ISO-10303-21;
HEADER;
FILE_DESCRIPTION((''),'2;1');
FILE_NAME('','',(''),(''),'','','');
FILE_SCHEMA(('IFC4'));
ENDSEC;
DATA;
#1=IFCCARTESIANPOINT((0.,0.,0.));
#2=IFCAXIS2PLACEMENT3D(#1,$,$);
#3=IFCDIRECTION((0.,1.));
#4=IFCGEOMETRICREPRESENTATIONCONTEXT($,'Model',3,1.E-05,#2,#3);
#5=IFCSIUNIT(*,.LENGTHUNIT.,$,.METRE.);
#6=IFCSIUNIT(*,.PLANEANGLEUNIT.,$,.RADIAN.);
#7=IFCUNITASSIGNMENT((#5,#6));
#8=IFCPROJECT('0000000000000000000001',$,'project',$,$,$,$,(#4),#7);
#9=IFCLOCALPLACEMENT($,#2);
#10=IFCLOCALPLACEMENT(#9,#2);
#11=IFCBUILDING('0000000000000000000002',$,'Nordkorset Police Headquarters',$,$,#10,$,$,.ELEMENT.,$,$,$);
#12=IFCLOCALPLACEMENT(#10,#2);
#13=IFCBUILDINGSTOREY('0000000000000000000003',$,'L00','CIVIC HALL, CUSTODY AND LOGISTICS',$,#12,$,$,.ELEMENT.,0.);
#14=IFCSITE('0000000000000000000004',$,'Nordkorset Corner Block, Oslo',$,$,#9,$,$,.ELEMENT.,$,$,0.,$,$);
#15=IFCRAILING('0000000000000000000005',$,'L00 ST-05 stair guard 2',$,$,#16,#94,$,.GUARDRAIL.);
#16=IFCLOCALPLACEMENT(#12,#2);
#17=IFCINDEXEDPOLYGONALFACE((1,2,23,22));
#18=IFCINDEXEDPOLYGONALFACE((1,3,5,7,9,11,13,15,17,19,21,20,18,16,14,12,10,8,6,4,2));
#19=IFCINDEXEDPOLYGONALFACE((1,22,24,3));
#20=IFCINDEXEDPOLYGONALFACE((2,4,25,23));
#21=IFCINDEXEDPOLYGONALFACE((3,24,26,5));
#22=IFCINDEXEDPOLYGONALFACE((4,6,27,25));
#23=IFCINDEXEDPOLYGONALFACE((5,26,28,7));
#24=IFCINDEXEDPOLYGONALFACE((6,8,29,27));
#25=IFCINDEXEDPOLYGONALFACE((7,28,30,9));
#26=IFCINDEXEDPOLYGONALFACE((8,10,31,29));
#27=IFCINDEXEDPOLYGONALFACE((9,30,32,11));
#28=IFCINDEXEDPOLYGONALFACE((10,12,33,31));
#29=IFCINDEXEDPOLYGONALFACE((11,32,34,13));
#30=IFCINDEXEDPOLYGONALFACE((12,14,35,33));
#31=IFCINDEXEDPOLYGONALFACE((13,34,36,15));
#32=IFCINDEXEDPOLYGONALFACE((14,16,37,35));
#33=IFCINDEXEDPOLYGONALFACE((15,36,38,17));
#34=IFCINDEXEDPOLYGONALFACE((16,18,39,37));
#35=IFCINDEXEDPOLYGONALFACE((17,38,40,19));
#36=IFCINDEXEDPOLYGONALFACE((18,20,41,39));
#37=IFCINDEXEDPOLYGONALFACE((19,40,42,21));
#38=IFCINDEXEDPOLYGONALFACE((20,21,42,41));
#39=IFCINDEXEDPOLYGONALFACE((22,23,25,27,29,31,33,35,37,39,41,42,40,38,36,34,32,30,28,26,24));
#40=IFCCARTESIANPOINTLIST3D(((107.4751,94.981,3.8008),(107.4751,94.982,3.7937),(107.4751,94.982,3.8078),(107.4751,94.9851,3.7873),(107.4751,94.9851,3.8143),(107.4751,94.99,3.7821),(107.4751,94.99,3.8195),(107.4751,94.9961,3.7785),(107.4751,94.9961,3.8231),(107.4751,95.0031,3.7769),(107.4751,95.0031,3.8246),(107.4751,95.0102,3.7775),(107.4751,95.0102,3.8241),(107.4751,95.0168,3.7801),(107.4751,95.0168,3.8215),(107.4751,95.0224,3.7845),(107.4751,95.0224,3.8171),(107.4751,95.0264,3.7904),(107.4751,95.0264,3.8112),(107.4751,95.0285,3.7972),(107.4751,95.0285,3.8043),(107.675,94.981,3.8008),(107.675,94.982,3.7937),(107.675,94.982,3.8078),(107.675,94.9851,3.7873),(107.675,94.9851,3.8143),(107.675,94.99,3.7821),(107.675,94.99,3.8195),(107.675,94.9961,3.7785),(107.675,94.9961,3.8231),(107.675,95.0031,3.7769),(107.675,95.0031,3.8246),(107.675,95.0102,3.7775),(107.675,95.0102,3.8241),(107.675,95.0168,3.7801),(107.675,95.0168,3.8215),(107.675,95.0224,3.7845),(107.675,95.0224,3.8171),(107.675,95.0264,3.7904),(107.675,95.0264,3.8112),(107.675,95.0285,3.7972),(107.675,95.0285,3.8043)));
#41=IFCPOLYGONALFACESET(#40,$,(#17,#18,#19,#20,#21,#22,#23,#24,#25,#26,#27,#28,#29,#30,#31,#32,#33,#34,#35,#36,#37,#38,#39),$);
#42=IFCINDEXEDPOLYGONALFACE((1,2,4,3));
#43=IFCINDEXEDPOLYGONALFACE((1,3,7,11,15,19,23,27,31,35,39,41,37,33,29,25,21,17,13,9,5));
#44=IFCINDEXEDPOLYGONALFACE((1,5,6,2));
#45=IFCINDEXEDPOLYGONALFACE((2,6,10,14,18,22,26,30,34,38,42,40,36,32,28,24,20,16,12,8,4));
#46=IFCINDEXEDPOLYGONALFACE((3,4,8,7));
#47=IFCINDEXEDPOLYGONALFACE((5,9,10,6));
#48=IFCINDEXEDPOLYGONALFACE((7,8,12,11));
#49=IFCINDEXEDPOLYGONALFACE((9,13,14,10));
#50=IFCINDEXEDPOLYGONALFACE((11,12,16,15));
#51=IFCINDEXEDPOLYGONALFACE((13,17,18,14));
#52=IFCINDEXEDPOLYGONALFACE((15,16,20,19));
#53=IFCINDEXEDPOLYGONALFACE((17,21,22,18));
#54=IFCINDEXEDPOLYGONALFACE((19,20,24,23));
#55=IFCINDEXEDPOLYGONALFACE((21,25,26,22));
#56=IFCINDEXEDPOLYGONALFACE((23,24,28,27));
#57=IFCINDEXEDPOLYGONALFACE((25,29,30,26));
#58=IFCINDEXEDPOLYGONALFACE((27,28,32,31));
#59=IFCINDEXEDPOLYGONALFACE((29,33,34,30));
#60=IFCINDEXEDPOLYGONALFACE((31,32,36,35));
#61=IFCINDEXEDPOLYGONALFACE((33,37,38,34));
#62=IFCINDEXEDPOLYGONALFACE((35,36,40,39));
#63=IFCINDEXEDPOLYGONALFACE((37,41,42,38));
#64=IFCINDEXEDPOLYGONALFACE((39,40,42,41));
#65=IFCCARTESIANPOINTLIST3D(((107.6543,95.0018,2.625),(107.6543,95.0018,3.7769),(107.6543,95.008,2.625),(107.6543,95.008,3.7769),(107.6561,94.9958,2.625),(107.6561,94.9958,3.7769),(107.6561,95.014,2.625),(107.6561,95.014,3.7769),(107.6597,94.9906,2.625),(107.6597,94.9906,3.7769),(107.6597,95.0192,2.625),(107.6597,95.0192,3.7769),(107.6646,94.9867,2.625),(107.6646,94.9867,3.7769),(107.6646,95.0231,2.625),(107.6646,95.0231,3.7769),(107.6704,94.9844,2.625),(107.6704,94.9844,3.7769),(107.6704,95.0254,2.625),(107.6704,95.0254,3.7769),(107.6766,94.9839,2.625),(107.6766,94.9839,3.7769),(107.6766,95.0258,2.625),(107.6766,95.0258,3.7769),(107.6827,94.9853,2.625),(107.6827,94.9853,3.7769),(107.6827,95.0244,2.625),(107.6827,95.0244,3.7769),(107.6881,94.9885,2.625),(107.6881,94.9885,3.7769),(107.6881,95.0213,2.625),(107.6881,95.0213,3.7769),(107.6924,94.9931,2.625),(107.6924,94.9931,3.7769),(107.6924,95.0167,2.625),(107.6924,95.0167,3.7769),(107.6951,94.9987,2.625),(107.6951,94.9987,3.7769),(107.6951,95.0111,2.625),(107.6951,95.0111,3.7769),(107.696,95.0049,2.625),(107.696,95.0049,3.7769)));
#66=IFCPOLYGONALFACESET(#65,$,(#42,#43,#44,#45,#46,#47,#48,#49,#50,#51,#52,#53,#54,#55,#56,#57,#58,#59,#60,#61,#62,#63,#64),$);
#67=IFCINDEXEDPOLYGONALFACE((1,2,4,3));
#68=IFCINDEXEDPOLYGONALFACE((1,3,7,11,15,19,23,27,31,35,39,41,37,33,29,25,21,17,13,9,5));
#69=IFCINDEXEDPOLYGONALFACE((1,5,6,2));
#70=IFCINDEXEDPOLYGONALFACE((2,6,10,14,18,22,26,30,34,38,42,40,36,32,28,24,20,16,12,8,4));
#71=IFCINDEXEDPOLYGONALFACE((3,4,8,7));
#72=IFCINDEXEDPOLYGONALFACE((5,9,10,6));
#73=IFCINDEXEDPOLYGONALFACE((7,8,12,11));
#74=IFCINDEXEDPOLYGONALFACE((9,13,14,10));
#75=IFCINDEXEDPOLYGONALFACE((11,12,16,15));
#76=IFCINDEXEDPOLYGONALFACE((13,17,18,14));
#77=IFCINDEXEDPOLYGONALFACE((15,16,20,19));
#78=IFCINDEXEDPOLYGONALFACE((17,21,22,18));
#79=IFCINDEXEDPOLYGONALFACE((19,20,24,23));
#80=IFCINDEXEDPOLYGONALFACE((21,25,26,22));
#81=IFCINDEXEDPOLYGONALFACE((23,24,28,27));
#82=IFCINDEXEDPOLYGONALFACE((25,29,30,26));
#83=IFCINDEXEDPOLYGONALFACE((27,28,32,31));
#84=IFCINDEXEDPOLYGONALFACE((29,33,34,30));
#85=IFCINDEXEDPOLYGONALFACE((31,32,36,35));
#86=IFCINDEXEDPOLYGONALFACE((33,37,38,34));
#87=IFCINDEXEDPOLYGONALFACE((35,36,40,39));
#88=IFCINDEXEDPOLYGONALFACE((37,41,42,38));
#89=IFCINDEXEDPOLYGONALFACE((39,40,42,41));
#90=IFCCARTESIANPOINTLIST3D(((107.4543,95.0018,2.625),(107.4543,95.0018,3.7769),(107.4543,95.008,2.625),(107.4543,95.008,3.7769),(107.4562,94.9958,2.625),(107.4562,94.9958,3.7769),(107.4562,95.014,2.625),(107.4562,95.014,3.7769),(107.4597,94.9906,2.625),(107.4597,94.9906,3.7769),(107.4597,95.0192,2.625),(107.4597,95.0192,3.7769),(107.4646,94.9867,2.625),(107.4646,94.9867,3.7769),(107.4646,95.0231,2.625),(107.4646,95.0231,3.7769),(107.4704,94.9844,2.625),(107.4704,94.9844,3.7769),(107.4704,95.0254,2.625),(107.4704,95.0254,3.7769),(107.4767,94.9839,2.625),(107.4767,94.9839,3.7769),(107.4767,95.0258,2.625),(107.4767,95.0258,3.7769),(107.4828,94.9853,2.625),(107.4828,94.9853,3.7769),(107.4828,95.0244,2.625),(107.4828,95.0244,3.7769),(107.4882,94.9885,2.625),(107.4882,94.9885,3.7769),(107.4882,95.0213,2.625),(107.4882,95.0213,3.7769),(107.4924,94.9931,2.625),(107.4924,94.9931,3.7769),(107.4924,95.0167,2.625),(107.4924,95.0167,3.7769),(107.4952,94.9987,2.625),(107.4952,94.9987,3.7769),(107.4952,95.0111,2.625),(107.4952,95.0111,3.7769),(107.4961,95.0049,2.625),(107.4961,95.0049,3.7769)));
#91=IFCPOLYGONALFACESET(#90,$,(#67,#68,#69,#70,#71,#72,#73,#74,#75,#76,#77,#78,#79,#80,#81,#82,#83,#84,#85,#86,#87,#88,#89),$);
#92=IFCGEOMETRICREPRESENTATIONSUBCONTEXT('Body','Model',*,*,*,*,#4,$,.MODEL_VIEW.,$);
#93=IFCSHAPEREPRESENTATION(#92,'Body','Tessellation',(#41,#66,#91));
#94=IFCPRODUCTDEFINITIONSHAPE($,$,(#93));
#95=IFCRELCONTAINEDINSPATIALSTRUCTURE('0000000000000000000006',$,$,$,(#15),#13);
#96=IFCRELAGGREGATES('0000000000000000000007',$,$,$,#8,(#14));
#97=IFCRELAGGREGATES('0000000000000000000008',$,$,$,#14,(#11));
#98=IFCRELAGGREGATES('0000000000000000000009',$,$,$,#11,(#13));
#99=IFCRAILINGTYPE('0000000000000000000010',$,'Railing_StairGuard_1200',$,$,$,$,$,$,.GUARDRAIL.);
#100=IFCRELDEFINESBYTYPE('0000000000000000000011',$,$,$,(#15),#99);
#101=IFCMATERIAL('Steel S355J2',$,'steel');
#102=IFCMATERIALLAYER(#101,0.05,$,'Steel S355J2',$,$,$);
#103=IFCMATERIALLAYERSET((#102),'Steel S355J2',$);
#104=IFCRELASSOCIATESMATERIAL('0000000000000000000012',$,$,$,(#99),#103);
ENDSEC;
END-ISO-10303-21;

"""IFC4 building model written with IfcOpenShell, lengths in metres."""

from ifc_helpers import new_model, si_unit, direction, frame, origin, origin_2d, place, context, subcontext, project, spatial, circle, extrude, material, layer, layer_set, type_object, element, save


model = new_model("IFC4")

# Units and contexts
model_context = context("Model", 3, precision=1e-05, world=origin(), true_north=direction((0.0, 1.0)))
body_context = subcontext(model_context, "Body", "Model", "MODEL_VIEW")
ifc_project = project(units=[si_unit("LENGTHUNIT", "METRE"), si_unit("PLANEANGLEUNIT", "RADIAN")], contexts=[model_context])

# Site, building, storey
site_placement = place(None, origin())
site = spatial("IfcSite", under=ifc_project, at=site_placement, Name="Nordkorset Corner Block, Oslo", CompositionType="ELEMENT", RefElevation=0.0)
building_placement = place(site_placement, origin())
building = spatial("IfcBuilding", under=site, at=building_placement, Name="Nordkorset Police Headquarters", CompositionType="ELEMENT")
storey_placement = place(building_placement, origin())
storey = spatial("IfcBuildingStorey", under=building, at=storey_placement, Name="L00", Description="CIVIC HALL, CUSTODY AND LOGISTICS", CompositionType="ELEMENT", Elevation=0.0)

# Railing
ifc_material_1 = material(Name="Steel S355J2", Category="steel")
ifc_layer_1 = layer(ifc_material_1, 0.05, Name="Steel S355J2")
ifc_layer_set_1 = layer_set([ifc_layer_1], Name="Steel S355J2")
railing_type_1 = type_object("IfcRailingType", Name="Railing_StairGuard_1200", PredefinedType="GUARDRAIL", material=ifc_layer_set_1)
railing_1_placement = place(storey_placement, frame((107.675, 95.0049, 2.625)))
element("IfcRailing", 1, at=railing_1_placement, inside=storey, type_object=railing_type_1, Name="L00 ST-05 stair guard 2", PredefinedType="GUARDRAIL", context=body_context, shape_type="SweptSolid", body=[
    extrude(circle(Radius=0.0239, at=origin_2d()), frame((0.0, 0.0, 1.1758), z_axis=(-1.0, 0.0, 0.0), x_axis=(0.0, -1.0, 0.0)), (0.0, 0.0, 1.0), 0.2),
    extrude(circle(Radius=0.021, at=origin_2d()), origin(), (0.0, 0.0, 1.0), 1.1519),
    extrude(circle(Radius=0.021, at=origin_2d()), frame((-0.2, 0.0, 0.0)), (0.0, 0.0, 1.0), 1.1519),
])

save(model, "model.ifc")
